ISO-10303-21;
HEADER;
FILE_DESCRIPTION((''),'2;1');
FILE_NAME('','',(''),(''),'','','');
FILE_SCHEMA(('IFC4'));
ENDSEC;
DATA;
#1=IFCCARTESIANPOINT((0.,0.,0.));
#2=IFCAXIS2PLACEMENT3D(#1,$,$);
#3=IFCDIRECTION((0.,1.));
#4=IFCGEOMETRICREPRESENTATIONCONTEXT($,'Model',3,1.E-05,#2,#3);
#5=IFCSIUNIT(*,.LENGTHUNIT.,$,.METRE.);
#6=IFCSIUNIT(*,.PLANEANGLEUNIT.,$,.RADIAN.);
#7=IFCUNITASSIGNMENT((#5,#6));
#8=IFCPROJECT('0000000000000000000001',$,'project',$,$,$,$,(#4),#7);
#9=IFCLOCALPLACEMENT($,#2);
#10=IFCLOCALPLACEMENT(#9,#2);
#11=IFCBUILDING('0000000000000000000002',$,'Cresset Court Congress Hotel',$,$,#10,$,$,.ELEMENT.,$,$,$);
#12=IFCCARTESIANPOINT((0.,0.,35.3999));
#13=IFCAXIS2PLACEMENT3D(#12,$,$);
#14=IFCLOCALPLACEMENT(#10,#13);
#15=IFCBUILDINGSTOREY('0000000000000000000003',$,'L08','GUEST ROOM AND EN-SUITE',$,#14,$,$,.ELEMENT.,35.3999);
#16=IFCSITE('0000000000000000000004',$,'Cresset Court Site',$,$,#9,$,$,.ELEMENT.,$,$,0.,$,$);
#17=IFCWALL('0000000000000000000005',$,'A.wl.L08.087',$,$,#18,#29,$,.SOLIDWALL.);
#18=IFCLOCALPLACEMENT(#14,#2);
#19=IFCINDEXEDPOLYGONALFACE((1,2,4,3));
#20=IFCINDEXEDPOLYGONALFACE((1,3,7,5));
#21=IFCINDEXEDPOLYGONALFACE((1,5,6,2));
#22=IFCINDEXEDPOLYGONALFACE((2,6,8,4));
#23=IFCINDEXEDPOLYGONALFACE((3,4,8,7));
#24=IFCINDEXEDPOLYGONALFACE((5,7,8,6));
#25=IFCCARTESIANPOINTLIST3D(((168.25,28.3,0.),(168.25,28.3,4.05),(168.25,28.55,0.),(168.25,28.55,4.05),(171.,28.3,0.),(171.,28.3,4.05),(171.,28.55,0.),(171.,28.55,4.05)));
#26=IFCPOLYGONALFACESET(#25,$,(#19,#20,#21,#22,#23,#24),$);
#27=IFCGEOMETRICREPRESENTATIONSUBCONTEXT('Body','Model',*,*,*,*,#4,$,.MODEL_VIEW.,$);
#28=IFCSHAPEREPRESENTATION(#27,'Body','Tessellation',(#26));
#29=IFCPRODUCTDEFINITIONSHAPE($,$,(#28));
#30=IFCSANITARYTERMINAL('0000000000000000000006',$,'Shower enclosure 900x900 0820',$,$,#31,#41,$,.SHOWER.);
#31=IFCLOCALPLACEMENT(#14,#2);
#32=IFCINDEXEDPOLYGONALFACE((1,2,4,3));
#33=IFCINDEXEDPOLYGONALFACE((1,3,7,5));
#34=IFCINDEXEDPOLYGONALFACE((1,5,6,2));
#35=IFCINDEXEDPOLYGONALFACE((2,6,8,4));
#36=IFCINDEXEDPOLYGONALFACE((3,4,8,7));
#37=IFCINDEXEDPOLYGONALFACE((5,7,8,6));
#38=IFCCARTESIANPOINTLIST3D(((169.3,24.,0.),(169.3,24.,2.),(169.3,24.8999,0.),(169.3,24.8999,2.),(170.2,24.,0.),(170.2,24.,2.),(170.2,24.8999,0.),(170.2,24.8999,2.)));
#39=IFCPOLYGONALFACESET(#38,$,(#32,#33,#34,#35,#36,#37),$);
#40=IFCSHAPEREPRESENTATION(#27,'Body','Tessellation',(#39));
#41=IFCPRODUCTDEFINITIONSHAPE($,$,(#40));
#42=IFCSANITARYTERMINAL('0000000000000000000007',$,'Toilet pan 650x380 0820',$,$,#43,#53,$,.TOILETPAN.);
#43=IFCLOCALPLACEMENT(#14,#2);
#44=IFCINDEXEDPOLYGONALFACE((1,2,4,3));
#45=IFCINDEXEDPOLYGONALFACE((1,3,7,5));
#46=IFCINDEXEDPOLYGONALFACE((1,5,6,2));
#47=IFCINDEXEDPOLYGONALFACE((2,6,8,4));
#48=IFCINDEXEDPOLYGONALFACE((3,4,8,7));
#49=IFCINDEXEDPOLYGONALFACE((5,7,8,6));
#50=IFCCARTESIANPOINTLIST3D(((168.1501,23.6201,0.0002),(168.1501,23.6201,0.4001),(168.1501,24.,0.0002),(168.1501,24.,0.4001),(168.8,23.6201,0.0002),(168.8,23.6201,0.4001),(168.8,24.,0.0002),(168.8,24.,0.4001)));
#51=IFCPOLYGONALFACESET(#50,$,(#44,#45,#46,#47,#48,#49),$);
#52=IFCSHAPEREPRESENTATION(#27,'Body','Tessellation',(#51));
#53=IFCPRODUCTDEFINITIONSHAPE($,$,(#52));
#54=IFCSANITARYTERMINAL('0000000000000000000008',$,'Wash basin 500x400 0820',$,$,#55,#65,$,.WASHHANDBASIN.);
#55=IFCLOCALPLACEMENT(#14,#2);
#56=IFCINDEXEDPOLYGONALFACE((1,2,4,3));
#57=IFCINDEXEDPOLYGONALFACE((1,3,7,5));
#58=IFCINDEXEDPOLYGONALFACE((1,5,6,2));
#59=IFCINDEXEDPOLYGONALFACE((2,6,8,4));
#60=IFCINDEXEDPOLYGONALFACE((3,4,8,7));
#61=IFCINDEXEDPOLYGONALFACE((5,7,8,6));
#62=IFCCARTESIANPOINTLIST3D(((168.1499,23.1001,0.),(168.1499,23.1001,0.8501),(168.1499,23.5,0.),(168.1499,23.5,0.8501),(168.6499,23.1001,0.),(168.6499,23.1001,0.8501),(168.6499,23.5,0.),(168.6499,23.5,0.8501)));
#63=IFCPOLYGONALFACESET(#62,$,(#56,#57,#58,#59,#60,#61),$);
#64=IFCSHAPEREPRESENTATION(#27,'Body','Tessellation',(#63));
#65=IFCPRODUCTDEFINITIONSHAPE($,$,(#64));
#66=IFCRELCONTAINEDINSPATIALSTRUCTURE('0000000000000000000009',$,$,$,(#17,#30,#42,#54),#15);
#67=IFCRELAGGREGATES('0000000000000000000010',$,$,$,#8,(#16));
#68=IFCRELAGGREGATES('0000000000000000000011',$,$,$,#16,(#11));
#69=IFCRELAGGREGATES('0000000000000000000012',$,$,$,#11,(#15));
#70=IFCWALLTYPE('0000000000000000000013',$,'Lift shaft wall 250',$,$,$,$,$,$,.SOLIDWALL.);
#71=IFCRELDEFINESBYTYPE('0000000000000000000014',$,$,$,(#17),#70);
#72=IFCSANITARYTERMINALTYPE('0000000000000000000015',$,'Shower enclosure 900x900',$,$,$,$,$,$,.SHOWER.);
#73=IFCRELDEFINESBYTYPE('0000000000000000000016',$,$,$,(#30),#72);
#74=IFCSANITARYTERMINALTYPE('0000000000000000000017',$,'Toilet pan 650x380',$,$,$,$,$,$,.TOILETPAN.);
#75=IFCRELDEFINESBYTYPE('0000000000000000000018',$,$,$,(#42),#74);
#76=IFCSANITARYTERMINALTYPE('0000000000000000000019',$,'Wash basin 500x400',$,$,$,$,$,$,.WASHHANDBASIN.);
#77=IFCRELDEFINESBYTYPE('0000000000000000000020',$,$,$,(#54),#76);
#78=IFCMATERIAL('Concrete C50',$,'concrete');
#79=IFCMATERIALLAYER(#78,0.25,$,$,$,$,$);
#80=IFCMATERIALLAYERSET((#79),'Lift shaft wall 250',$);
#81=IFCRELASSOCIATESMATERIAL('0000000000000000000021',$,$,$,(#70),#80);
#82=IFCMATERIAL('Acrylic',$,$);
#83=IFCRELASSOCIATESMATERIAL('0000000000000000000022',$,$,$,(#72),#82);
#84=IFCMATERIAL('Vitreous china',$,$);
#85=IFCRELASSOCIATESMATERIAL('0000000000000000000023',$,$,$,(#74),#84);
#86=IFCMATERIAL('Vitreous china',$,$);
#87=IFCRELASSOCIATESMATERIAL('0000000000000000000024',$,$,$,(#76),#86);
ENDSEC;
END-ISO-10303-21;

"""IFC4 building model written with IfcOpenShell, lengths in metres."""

from ifc_helpers import new_model, si_unit, direction, frame, frame_2d, origin, origin_2d, place, context, subcontext, project, spatial, rectangle, extrude, material, layer, layer_set, type_object, element, save


model = new_model("IFC4")

# Units and contexts
model_context = context("Model", 3, precision=1e-05, world=origin(), true_north=direction((0.0, 1.0)))
body_context = subcontext(model_context, "Body", "Model", "MODEL_VIEW")
ifc_project = project(units=[si_unit("LENGTHUNIT", "METRE"), si_unit("PLANEANGLEUNIT", "RADIAN")], contexts=[model_context])

# Site, building, storey
site_placement = place(None, origin())
site = spatial("IfcSite", under=ifc_project, at=site_placement, Name="Cresset Court Site", CompositionType="ELEMENT", RefElevation=0.0)
building_placement = place(site_placement, origin())
building = spatial("IfcBuilding", under=site, at=building_placement, Name="Cresset Court Congress Hotel", CompositionType="ELEMENT")
storey_placement = place(building_placement, frame((0.0, 0.0, 35.3999)))
storey = spatial("IfcBuildingStorey", under=building, at=storey_placement, Name="L08", Description="GUEST ROOM AND EN-SUITE", CompositionType="ELEMENT", Elevation=35.3999)

# Wall
ifc_material_1 = material(Name="Concrete C50", Category="concrete")
ifc_layer_1 = layer(ifc_material_1, 0.25)
ifc_layer_set_1 = layer_set([ifc_layer_1], Name="Lift shaft wall 250")
wall_type_1 = type_object("IfcWallType", Name="Lift shaft wall 250", PredefinedType="SOLIDWALL", material=ifc_layer_set_1)
wall_1_placement = place(storey_placement, frame((168.25, 28.425, 0.0), z_axis=(0.0, 0.0, 1.0), x_axis=(1.0, 0.0, 0.0)))
element("IfcWall", 1, at=wall_1_placement, inside=storey, type_object=wall_type_1, Name="A.wl.L08.087", PredefinedType="SOLIDWALL", context=body_context, shape_type="SweptSolid", body=[
    extrude(rectangle(XDim=2.75, YDim=0.25, at=frame_2d((1.375, 0.0))), origin(), (0.0, 0.0, 1.0), 4.05),
])

# Sanitary terminals
ifc_material_2 = material(Name="Acrylic")
sanitary_terminal_type_1 = type_object("IfcSanitaryTerminalType", Name="Shower enclosure 900x900", PredefinedType="SHOWER", material=ifc_material_2)
sanitary_terminal_1_placement = place(storey_placement, frame((169.75, 24.45, 0.0), z_axis=(0.0, 0.0, 1.0), x_axis=(1.0, 0.0, 0.0)))
element("IfcSanitaryTerminal", 2, at=sanitary_terminal_1_placement, inside=storey, type_object=sanitary_terminal_type_1, Name="Shower enclosure 900x900 0820", PredefinedType="SHOWER", context=body_context, shape_type="SweptSolid", body=[
    extrude(rectangle(XDim=0.8999, YDim=0.8999, at=origin_2d()), origin(), (0.0, 0.0, 1.0), 2.0),
])
ifc_material_3 = material(Name="Vitreous china")
sanitary_terminal_type_2 = type_object("IfcSanitaryTerminalType", Name="Toilet pan 650x380", PredefinedType="TOILETPAN", material=ifc_material_3)
sanitary_terminal_2_placement = place(storey_placement, frame((168.4751, 23.8101, 0.0002), z_axis=(0.0, 0.0, 1.0), x_axis=(1.0, 0.0, 0.0)))
element("IfcSanitaryTerminal", 3, at=sanitary_terminal_2_placement, inside=storey, type_object=sanitary_terminal_type_2, Name="Toilet pan 650x380 0820", PredefinedType="TOILETPAN", context=body_context, shape_type="SweptSolid", body=[
    extrude(rectangle(XDim=0.6499, YDim=0.3799, at=origin_2d()), origin(), (0.0, 0.0, 1.0), 0.3999),
])
ifc_material_4 = material(Name="Vitreous china")
sanitary_terminal_type_3 = type_object("IfcSanitaryTerminalType", Name="Wash basin 500x400", PredefinedType="WASHHANDBASIN", material=ifc_material_4)
sanitary_terminal_3_placement = place(storey_placement, frame((168.3999, 23.3, 0.0), z_axis=(0.0, 0.0, 1.0), x_axis=(1.0, 0.0, 0.0)))
element("IfcSanitaryTerminal", 4, at=sanitary_terminal_3_placement, inside=storey, type_object=sanitary_terminal_type_3, Name="Wash basin 500x400 0820", PredefinedType="WASHHANDBASIN", context=body_context, shape_type="SweptSolid", body=[
    extrude(rectangle(XDim=0.5, YDim=0.3999, at=origin_2d()), origin(), (0.0, 0.0, 1.0), 0.8501),
])

save(model, "model.ifc")
